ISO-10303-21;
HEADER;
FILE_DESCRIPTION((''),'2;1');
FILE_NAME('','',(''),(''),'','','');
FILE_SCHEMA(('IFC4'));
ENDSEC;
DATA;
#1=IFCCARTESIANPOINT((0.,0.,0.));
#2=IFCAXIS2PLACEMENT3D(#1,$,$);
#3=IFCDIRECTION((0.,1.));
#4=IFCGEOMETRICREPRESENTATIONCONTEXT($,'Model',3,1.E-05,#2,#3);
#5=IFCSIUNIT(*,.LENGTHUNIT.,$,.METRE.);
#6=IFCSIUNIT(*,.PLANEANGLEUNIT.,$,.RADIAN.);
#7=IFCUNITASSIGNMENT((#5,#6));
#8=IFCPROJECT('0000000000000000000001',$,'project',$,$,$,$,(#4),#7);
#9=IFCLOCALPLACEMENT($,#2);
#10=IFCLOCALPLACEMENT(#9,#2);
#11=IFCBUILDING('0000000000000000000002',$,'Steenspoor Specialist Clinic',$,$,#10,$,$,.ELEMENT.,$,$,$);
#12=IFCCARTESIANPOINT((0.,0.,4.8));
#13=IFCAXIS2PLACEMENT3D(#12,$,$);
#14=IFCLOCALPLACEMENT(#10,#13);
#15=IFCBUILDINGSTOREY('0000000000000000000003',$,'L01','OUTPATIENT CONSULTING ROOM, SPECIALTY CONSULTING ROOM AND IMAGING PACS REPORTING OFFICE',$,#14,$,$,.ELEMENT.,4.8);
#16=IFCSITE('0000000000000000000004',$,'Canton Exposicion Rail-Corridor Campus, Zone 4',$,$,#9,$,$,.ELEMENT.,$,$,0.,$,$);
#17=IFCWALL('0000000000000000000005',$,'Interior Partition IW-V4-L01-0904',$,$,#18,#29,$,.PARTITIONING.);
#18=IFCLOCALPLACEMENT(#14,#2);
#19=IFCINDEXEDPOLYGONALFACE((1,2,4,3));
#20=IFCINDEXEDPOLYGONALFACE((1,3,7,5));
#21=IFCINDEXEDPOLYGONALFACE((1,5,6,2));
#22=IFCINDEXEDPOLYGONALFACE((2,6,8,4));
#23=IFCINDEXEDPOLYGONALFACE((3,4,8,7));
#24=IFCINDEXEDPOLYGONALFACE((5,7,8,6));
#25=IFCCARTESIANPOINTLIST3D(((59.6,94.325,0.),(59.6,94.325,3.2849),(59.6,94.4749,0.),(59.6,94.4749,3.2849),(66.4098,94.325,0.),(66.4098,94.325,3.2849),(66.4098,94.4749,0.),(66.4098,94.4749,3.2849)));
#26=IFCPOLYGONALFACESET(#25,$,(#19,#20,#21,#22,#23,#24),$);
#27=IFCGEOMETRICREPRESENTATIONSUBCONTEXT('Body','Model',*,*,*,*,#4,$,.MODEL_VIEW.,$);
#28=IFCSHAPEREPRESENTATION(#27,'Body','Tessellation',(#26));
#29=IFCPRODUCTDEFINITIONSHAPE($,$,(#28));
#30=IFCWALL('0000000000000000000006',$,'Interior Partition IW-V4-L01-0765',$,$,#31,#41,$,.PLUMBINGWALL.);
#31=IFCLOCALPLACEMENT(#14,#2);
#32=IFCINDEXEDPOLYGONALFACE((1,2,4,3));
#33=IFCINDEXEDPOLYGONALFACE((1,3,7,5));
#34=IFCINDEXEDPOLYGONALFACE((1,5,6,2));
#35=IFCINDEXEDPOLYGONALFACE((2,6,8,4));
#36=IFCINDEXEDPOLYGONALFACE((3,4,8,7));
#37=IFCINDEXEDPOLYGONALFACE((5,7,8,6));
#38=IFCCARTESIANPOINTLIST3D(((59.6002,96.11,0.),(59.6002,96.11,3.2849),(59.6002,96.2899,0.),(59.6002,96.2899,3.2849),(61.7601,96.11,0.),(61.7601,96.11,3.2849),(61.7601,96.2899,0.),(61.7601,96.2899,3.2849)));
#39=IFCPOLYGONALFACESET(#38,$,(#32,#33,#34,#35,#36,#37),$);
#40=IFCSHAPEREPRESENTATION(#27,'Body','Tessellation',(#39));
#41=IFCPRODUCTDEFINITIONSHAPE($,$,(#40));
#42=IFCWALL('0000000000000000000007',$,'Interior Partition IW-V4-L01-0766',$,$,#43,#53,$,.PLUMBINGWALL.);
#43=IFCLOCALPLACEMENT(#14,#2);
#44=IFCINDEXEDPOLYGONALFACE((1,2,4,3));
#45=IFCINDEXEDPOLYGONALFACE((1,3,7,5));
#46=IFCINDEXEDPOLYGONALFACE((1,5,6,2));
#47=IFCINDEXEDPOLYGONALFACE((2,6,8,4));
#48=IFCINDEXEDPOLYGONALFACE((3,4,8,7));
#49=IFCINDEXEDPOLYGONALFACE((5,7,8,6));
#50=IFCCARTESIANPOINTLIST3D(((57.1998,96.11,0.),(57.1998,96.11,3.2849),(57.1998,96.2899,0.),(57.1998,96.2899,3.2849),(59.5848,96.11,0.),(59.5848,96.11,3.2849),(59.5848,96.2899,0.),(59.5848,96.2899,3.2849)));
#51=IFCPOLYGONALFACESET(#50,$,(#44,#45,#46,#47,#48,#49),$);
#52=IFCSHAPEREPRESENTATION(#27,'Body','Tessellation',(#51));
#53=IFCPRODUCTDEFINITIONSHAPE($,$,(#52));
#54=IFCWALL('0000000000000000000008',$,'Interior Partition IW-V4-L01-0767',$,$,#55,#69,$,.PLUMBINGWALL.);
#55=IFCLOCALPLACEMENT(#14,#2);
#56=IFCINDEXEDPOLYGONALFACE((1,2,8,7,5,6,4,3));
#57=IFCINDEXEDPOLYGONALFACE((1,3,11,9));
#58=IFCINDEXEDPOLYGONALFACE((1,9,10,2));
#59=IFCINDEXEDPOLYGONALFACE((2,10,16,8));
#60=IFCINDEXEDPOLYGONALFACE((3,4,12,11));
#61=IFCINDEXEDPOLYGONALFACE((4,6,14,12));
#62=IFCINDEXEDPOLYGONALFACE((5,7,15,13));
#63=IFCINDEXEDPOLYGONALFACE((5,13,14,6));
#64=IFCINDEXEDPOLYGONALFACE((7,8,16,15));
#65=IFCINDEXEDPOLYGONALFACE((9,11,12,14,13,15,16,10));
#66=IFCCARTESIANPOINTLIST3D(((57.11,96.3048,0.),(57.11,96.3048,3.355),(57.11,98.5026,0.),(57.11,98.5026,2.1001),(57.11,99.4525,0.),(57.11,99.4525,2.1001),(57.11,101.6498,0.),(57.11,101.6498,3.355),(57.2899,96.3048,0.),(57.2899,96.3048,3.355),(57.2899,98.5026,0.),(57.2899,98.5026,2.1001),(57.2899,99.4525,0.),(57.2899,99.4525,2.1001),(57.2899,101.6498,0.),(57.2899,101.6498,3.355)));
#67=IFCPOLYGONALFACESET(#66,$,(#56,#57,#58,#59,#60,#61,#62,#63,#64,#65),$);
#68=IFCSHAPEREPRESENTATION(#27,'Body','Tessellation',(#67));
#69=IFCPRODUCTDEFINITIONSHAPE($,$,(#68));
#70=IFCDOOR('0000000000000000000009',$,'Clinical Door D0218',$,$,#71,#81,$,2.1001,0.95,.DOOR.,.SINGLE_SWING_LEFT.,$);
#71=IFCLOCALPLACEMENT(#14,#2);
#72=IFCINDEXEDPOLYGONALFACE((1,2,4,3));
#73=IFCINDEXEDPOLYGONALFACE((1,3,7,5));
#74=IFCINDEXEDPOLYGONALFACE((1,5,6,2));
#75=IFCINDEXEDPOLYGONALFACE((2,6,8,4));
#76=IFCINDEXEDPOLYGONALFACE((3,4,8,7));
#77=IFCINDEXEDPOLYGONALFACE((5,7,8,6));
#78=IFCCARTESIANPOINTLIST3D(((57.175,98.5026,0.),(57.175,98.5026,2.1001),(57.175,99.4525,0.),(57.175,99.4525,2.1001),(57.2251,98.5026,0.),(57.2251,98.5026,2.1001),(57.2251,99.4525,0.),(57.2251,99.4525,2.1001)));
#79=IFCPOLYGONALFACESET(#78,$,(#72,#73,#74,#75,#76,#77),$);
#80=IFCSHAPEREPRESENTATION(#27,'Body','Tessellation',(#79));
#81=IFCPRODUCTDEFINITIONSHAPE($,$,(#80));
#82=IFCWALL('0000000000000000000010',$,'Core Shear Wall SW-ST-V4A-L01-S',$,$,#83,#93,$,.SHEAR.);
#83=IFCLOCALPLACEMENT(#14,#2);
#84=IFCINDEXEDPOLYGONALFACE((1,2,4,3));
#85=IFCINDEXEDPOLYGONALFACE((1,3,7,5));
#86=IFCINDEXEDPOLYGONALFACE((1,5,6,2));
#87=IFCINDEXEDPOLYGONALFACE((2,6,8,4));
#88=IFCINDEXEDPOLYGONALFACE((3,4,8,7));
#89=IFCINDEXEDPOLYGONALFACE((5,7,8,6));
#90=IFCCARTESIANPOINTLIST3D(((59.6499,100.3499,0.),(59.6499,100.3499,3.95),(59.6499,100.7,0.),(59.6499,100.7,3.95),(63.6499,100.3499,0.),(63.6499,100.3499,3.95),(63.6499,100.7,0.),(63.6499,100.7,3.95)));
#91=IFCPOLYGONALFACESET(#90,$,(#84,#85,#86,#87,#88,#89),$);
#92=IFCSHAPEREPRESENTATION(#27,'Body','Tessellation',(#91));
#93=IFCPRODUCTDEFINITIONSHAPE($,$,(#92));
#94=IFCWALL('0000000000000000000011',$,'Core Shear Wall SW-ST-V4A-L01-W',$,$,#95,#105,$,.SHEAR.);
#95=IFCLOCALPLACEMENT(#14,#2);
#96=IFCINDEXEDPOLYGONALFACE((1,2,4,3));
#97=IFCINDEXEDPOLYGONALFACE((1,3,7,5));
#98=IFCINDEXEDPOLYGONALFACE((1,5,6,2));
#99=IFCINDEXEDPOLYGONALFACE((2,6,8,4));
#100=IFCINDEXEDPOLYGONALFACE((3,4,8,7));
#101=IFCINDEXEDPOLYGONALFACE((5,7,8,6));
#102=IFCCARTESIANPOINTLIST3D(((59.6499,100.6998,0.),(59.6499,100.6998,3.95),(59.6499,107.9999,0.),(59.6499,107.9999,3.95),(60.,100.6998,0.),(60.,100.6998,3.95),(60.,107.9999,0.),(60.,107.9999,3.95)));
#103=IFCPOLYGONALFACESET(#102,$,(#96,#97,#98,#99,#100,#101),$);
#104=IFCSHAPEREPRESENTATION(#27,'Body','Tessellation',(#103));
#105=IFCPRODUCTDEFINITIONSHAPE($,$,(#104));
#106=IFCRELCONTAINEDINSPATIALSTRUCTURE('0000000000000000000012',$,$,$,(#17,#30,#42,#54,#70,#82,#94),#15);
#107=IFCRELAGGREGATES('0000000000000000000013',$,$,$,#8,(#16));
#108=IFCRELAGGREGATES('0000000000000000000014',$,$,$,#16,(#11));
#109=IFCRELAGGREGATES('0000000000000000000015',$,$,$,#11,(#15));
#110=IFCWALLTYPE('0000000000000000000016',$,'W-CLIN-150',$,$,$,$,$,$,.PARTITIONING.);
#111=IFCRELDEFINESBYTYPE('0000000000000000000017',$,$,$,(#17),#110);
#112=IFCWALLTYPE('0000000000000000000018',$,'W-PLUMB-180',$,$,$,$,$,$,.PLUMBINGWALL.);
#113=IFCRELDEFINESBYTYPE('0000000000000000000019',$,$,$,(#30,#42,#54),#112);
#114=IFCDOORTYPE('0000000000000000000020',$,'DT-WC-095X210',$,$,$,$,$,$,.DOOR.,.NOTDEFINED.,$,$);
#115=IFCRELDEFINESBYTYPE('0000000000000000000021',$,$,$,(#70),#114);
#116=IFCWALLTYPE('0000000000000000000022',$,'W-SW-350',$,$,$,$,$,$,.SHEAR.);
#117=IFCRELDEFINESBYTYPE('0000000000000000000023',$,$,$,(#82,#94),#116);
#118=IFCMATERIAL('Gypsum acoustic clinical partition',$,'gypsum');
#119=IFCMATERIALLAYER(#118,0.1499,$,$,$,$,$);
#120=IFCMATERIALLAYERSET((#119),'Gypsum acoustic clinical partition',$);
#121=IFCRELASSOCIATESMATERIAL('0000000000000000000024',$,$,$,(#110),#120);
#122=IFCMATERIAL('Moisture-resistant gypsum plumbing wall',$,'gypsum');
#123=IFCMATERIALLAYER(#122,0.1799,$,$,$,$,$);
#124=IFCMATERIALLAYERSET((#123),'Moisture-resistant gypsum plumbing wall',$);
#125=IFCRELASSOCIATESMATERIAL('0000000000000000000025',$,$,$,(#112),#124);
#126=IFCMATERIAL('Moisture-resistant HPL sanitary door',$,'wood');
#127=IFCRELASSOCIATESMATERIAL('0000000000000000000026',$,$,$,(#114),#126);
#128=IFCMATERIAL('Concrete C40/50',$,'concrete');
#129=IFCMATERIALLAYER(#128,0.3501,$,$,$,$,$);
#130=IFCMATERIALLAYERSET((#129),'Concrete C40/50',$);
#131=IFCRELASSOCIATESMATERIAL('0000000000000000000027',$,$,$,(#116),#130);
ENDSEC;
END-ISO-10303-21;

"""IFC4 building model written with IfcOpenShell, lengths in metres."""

from ifc_helpers import new_model, si_unit, direction, frame, frame_2d, origin, place, context, subcontext, project, spatial, rectangle, extrude, material, layer, layer_set, type_object, element, fill, save


model = new_model("IFC4")

# Units and contexts
model_context = context("Model", 3, precision=1e-05, world=origin(), true_north=direction((0.0, 1.0)))
body_context = subcontext(model_context, "Body", "Model", "MODEL_VIEW")
ifc_project = project(units=[si_unit("LENGTHUNIT", "METRE"), si_unit("PLANEANGLEUNIT", "RADIAN")], contexts=[model_context])

# Site, building, storey
site_placement = place(None, origin())
site = spatial("IfcSite", under=ifc_project, at=site_placement, Name="Canton Exposicion Rail-Corridor Campus, Zone 4", CompositionType="ELEMENT", RefElevation=0.0)
building_placement = place(site_placement, origin())
building = spatial("IfcBuilding", under=site, at=building_placement, Name="Steenspoor Specialist Clinic", CompositionType="ELEMENT")
storey_placement = place(building_placement, frame((0.0, 0.0, 4.8)))
storey = spatial("IfcBuildingStorey", under=building, at=storey_placement, Name="L01", Description="OUTPATIENT CONSULTING ROOM, SPECIALTY CONSULTING ROOM AND IMAGING PACS REPORTING OFFICE", CompositionType="ELEMENT", Elevation=4.8)

# Shared definitions
ifc_material_1 = material(Name="Concrete C40/50", Category="concrete")

# Walls
ifc_material_2 = material(Name="Gypsum acoustic clinical partition", Category="gypsum")
ifc_layer_1 = layer(ifc_material_2, 0.1499)
ifc_layer_set_1 = layer_set([ifc_layer_1], Name="Gypsum acoustic clinical partition")
wall_type_1 = type_object("IfcWallType", Name="W-CLIN-150", PredefinedType="PARTITIONING", material=ifc_layer_set_1)
wall_1_placement = place(storey_placement, frame((59.6001, 94.3999, 0.0), z_axis=(0.0, 0.0, 1.0), x_axis=(1.0, 0.0, 0.0)))
element("IfcWall", 1, at=wall_1_placement, inside=storey, type_object=wall_type_1, Name="Interior Partition IW-V4-L01-0904", PredefinedType="PARTITIONING", context=body_context, shape_type="SweptSolid", body=[
    extrude(rectangle(XDim=6.8098, YDim=0.1499, at=frame_2d((3.4048, 0.0))), origin(), (0.0, 0.0, 1.0), 3.2849),
])
ifc_material_3 = material(Name="Moisture-resistant gypsum plumbing wall", Category="gypsum")
ifc_layer_2 = layer(ifc_material_3, 0.1799)
ifc_layer_set_2 = layer_set([ifc_layer_2], Name="Moisture-resistant gypsum plumbing wall")
wall_type_2 = type_object("IfcWallType", Name="W-PLUMB-180", PredefinedType="PLUMBINGWALL", material=ifc_layer_set_2)
wall_2_placement = place(storey_placement, frame((59.6001, 96.2, 0.0), z_axis=(0.0, 0.0, 1.0), x_axis=(1.0, 0.0, 0.0)))
element("IfcWall", 2, at=wall_2_placement, inside=storey, type_object=wall_type_2, Name="Interior Partition IW-V4-L01-0765", PredefinedType="PLUMBINGWALL", context=body_context, shape_type="SweptSolid", body=[
    extrude(rectangle(XDim=2.1599, YDim=0.1799, at=frame_2d((1.0801, 0.0))), origin(), (0.0, 0.0, 1.0), 3.2849),
])
wall_3_placement = place(storey_placement, frame((57.2, 96.2, 0.0), z_axis=(0.0, 0.0, 1.0), x_axis=(1.0, 0.0, 0.0)))
element("IfcWall", 3, at=wall_3_placement, inside=storey, type_object=wall_type_2, Name="Interior Partition IW-V4-L01-0766", PredefinedType="PLUMBINGWALL", context=body_context, shape_type="SweptSolid", body=[
    extrude(rectangle(XDim=2.385, YDim=0.1799, at=frame_2d((1.1924, 0.0))), origin(), (0.0, 0.0, 1.0), 3.2849),
])

# Wall, opening, door
wall_4_placement = place(storey_placement, frame((57.2, 96.3049, 0.0), z_axis=(0.0, 0.0, 1.0), x_axis=(0.0, 1.0, 0.0)))
wall_4 = element("IfcWall", 4, at=wall_4_placement, inside=storey, type_object=wall_type_2, Name="Interior Partition IW-V4-L01-0767", PredefinedType="PLUMBINGWALL", context=body_context, shape_type="SweptSolid", body=[
    extrude(rectangle(XDim=5.345, YDim=0.1799, at=frame_2d((2.6724, 0.0))), origin(), (0.0, 0.0, 1.0), 3.355),
])
opening_1_placement = place(wall_4_placement, frame((2.1975, 0.0, 0.0)))
opening_1 = element("IfcOpeningElement", 5, at=opening_1_placement, cuts=wall_4, PredefinedType="OPENING", context=body_context, shape_type="SweptSolid", body=[
    extrude(rectangle(XDim=0.95, YDim=2.1001, at=frame_2d((0.4751, 1.05))), frame((0.0, 0.1001, 0.0), z_axis=(0.0, -1.0, 0.0), x_axis=(1.0, 0.0, 0.0)), (0.0, 0.0, 1.0), 0.2),
])
ifc_material_4 = material(Name="Moisture-resistant HPL sanitary door", Category="wood")
door_type = type_object("IfcDoorType", Name="DT-WC-095X210", OperationType="NOTDEFINED", PredefinedType="DOOR", material=ifc_material_4)
door_placement = place(opening_1_placement, origin())
door = element("IfcDoor", 6, at=door_placement, inside=storey, type_object=door_type, Name="Clinical Door D0218", OperationType="SINGLE_SWING_LEFT", OverallHeight=2.1001, OverallWidth=0.95, PredefinedType="DOOR", context=body_context, shape_type="SweptSolid", body=[
    extrude(rectangle(XDim=0.95, YDim=2.1001, at=frame_2d((0.4751, 1.05))), frame((0.0, 0.0249, 0.0), z_axis=(0.0, -1.0, 0.0), x_axis=(1.0, 0.0, 0.0)), (0.0, 0.0, 1.0), 0.05),
])
fill(opening_1, door)

# Walls
ifc_layer_3 = layer(ifc_material_1, 0.3501)
ifc_layer_set_3 = layer_set([ifc_layer_3], Name="Concrete C40/50")
wall_type_3 = type_object("IfcWallType", Name="W-SW-350", PredefinedType="SHEAR", material=ifc_layer_set_3)
wall_5_placement = place(storey_placement, frame((59.6499, 100.5249, 0.0), z_axis=(0.0, 0.0, 1.0), x_axis=(1.0, 0.0, 0.0)))
element("IfcWall", 7, at=wall_5_placement, inside=storey, type_object=wall_type_3, Name="Core Shear Wall SW-ST-V4A-L01-S", PredefinedType="SHEAR", context=body_context, shape_type="SweptSolid", body=[
    extrude(rectangle(XDim=4.0, YDim=0.3501, at=frame_2d((2.0, 0.0))), origin(), (0.0, 0.0, 1.0), 3.95),
])
wall_6_placement = place(storey_placement, frame((59.825, 100.7, 0.0), z_axis=(0.0, 0.0, 1.0), x_axis=(0.0, 1.0, 0.0)))
element("IfcWall", 8, at=wall_6_placement, inside=storey, type_object=wall_type_3, Name="Core Shear Wall SW-ST-V4A-L01-W", PredefinedType="SHEAR", context=body_context, shape_type="SweptSolid", body=[
    extrude(rectangle(XDim=7.3, YDim=0.3501, at=frame_2d((3.6499, 0.0))), origin(), (0.0, 0.0, 1.0), 3.95),
])

save(model, "model.ifc")
